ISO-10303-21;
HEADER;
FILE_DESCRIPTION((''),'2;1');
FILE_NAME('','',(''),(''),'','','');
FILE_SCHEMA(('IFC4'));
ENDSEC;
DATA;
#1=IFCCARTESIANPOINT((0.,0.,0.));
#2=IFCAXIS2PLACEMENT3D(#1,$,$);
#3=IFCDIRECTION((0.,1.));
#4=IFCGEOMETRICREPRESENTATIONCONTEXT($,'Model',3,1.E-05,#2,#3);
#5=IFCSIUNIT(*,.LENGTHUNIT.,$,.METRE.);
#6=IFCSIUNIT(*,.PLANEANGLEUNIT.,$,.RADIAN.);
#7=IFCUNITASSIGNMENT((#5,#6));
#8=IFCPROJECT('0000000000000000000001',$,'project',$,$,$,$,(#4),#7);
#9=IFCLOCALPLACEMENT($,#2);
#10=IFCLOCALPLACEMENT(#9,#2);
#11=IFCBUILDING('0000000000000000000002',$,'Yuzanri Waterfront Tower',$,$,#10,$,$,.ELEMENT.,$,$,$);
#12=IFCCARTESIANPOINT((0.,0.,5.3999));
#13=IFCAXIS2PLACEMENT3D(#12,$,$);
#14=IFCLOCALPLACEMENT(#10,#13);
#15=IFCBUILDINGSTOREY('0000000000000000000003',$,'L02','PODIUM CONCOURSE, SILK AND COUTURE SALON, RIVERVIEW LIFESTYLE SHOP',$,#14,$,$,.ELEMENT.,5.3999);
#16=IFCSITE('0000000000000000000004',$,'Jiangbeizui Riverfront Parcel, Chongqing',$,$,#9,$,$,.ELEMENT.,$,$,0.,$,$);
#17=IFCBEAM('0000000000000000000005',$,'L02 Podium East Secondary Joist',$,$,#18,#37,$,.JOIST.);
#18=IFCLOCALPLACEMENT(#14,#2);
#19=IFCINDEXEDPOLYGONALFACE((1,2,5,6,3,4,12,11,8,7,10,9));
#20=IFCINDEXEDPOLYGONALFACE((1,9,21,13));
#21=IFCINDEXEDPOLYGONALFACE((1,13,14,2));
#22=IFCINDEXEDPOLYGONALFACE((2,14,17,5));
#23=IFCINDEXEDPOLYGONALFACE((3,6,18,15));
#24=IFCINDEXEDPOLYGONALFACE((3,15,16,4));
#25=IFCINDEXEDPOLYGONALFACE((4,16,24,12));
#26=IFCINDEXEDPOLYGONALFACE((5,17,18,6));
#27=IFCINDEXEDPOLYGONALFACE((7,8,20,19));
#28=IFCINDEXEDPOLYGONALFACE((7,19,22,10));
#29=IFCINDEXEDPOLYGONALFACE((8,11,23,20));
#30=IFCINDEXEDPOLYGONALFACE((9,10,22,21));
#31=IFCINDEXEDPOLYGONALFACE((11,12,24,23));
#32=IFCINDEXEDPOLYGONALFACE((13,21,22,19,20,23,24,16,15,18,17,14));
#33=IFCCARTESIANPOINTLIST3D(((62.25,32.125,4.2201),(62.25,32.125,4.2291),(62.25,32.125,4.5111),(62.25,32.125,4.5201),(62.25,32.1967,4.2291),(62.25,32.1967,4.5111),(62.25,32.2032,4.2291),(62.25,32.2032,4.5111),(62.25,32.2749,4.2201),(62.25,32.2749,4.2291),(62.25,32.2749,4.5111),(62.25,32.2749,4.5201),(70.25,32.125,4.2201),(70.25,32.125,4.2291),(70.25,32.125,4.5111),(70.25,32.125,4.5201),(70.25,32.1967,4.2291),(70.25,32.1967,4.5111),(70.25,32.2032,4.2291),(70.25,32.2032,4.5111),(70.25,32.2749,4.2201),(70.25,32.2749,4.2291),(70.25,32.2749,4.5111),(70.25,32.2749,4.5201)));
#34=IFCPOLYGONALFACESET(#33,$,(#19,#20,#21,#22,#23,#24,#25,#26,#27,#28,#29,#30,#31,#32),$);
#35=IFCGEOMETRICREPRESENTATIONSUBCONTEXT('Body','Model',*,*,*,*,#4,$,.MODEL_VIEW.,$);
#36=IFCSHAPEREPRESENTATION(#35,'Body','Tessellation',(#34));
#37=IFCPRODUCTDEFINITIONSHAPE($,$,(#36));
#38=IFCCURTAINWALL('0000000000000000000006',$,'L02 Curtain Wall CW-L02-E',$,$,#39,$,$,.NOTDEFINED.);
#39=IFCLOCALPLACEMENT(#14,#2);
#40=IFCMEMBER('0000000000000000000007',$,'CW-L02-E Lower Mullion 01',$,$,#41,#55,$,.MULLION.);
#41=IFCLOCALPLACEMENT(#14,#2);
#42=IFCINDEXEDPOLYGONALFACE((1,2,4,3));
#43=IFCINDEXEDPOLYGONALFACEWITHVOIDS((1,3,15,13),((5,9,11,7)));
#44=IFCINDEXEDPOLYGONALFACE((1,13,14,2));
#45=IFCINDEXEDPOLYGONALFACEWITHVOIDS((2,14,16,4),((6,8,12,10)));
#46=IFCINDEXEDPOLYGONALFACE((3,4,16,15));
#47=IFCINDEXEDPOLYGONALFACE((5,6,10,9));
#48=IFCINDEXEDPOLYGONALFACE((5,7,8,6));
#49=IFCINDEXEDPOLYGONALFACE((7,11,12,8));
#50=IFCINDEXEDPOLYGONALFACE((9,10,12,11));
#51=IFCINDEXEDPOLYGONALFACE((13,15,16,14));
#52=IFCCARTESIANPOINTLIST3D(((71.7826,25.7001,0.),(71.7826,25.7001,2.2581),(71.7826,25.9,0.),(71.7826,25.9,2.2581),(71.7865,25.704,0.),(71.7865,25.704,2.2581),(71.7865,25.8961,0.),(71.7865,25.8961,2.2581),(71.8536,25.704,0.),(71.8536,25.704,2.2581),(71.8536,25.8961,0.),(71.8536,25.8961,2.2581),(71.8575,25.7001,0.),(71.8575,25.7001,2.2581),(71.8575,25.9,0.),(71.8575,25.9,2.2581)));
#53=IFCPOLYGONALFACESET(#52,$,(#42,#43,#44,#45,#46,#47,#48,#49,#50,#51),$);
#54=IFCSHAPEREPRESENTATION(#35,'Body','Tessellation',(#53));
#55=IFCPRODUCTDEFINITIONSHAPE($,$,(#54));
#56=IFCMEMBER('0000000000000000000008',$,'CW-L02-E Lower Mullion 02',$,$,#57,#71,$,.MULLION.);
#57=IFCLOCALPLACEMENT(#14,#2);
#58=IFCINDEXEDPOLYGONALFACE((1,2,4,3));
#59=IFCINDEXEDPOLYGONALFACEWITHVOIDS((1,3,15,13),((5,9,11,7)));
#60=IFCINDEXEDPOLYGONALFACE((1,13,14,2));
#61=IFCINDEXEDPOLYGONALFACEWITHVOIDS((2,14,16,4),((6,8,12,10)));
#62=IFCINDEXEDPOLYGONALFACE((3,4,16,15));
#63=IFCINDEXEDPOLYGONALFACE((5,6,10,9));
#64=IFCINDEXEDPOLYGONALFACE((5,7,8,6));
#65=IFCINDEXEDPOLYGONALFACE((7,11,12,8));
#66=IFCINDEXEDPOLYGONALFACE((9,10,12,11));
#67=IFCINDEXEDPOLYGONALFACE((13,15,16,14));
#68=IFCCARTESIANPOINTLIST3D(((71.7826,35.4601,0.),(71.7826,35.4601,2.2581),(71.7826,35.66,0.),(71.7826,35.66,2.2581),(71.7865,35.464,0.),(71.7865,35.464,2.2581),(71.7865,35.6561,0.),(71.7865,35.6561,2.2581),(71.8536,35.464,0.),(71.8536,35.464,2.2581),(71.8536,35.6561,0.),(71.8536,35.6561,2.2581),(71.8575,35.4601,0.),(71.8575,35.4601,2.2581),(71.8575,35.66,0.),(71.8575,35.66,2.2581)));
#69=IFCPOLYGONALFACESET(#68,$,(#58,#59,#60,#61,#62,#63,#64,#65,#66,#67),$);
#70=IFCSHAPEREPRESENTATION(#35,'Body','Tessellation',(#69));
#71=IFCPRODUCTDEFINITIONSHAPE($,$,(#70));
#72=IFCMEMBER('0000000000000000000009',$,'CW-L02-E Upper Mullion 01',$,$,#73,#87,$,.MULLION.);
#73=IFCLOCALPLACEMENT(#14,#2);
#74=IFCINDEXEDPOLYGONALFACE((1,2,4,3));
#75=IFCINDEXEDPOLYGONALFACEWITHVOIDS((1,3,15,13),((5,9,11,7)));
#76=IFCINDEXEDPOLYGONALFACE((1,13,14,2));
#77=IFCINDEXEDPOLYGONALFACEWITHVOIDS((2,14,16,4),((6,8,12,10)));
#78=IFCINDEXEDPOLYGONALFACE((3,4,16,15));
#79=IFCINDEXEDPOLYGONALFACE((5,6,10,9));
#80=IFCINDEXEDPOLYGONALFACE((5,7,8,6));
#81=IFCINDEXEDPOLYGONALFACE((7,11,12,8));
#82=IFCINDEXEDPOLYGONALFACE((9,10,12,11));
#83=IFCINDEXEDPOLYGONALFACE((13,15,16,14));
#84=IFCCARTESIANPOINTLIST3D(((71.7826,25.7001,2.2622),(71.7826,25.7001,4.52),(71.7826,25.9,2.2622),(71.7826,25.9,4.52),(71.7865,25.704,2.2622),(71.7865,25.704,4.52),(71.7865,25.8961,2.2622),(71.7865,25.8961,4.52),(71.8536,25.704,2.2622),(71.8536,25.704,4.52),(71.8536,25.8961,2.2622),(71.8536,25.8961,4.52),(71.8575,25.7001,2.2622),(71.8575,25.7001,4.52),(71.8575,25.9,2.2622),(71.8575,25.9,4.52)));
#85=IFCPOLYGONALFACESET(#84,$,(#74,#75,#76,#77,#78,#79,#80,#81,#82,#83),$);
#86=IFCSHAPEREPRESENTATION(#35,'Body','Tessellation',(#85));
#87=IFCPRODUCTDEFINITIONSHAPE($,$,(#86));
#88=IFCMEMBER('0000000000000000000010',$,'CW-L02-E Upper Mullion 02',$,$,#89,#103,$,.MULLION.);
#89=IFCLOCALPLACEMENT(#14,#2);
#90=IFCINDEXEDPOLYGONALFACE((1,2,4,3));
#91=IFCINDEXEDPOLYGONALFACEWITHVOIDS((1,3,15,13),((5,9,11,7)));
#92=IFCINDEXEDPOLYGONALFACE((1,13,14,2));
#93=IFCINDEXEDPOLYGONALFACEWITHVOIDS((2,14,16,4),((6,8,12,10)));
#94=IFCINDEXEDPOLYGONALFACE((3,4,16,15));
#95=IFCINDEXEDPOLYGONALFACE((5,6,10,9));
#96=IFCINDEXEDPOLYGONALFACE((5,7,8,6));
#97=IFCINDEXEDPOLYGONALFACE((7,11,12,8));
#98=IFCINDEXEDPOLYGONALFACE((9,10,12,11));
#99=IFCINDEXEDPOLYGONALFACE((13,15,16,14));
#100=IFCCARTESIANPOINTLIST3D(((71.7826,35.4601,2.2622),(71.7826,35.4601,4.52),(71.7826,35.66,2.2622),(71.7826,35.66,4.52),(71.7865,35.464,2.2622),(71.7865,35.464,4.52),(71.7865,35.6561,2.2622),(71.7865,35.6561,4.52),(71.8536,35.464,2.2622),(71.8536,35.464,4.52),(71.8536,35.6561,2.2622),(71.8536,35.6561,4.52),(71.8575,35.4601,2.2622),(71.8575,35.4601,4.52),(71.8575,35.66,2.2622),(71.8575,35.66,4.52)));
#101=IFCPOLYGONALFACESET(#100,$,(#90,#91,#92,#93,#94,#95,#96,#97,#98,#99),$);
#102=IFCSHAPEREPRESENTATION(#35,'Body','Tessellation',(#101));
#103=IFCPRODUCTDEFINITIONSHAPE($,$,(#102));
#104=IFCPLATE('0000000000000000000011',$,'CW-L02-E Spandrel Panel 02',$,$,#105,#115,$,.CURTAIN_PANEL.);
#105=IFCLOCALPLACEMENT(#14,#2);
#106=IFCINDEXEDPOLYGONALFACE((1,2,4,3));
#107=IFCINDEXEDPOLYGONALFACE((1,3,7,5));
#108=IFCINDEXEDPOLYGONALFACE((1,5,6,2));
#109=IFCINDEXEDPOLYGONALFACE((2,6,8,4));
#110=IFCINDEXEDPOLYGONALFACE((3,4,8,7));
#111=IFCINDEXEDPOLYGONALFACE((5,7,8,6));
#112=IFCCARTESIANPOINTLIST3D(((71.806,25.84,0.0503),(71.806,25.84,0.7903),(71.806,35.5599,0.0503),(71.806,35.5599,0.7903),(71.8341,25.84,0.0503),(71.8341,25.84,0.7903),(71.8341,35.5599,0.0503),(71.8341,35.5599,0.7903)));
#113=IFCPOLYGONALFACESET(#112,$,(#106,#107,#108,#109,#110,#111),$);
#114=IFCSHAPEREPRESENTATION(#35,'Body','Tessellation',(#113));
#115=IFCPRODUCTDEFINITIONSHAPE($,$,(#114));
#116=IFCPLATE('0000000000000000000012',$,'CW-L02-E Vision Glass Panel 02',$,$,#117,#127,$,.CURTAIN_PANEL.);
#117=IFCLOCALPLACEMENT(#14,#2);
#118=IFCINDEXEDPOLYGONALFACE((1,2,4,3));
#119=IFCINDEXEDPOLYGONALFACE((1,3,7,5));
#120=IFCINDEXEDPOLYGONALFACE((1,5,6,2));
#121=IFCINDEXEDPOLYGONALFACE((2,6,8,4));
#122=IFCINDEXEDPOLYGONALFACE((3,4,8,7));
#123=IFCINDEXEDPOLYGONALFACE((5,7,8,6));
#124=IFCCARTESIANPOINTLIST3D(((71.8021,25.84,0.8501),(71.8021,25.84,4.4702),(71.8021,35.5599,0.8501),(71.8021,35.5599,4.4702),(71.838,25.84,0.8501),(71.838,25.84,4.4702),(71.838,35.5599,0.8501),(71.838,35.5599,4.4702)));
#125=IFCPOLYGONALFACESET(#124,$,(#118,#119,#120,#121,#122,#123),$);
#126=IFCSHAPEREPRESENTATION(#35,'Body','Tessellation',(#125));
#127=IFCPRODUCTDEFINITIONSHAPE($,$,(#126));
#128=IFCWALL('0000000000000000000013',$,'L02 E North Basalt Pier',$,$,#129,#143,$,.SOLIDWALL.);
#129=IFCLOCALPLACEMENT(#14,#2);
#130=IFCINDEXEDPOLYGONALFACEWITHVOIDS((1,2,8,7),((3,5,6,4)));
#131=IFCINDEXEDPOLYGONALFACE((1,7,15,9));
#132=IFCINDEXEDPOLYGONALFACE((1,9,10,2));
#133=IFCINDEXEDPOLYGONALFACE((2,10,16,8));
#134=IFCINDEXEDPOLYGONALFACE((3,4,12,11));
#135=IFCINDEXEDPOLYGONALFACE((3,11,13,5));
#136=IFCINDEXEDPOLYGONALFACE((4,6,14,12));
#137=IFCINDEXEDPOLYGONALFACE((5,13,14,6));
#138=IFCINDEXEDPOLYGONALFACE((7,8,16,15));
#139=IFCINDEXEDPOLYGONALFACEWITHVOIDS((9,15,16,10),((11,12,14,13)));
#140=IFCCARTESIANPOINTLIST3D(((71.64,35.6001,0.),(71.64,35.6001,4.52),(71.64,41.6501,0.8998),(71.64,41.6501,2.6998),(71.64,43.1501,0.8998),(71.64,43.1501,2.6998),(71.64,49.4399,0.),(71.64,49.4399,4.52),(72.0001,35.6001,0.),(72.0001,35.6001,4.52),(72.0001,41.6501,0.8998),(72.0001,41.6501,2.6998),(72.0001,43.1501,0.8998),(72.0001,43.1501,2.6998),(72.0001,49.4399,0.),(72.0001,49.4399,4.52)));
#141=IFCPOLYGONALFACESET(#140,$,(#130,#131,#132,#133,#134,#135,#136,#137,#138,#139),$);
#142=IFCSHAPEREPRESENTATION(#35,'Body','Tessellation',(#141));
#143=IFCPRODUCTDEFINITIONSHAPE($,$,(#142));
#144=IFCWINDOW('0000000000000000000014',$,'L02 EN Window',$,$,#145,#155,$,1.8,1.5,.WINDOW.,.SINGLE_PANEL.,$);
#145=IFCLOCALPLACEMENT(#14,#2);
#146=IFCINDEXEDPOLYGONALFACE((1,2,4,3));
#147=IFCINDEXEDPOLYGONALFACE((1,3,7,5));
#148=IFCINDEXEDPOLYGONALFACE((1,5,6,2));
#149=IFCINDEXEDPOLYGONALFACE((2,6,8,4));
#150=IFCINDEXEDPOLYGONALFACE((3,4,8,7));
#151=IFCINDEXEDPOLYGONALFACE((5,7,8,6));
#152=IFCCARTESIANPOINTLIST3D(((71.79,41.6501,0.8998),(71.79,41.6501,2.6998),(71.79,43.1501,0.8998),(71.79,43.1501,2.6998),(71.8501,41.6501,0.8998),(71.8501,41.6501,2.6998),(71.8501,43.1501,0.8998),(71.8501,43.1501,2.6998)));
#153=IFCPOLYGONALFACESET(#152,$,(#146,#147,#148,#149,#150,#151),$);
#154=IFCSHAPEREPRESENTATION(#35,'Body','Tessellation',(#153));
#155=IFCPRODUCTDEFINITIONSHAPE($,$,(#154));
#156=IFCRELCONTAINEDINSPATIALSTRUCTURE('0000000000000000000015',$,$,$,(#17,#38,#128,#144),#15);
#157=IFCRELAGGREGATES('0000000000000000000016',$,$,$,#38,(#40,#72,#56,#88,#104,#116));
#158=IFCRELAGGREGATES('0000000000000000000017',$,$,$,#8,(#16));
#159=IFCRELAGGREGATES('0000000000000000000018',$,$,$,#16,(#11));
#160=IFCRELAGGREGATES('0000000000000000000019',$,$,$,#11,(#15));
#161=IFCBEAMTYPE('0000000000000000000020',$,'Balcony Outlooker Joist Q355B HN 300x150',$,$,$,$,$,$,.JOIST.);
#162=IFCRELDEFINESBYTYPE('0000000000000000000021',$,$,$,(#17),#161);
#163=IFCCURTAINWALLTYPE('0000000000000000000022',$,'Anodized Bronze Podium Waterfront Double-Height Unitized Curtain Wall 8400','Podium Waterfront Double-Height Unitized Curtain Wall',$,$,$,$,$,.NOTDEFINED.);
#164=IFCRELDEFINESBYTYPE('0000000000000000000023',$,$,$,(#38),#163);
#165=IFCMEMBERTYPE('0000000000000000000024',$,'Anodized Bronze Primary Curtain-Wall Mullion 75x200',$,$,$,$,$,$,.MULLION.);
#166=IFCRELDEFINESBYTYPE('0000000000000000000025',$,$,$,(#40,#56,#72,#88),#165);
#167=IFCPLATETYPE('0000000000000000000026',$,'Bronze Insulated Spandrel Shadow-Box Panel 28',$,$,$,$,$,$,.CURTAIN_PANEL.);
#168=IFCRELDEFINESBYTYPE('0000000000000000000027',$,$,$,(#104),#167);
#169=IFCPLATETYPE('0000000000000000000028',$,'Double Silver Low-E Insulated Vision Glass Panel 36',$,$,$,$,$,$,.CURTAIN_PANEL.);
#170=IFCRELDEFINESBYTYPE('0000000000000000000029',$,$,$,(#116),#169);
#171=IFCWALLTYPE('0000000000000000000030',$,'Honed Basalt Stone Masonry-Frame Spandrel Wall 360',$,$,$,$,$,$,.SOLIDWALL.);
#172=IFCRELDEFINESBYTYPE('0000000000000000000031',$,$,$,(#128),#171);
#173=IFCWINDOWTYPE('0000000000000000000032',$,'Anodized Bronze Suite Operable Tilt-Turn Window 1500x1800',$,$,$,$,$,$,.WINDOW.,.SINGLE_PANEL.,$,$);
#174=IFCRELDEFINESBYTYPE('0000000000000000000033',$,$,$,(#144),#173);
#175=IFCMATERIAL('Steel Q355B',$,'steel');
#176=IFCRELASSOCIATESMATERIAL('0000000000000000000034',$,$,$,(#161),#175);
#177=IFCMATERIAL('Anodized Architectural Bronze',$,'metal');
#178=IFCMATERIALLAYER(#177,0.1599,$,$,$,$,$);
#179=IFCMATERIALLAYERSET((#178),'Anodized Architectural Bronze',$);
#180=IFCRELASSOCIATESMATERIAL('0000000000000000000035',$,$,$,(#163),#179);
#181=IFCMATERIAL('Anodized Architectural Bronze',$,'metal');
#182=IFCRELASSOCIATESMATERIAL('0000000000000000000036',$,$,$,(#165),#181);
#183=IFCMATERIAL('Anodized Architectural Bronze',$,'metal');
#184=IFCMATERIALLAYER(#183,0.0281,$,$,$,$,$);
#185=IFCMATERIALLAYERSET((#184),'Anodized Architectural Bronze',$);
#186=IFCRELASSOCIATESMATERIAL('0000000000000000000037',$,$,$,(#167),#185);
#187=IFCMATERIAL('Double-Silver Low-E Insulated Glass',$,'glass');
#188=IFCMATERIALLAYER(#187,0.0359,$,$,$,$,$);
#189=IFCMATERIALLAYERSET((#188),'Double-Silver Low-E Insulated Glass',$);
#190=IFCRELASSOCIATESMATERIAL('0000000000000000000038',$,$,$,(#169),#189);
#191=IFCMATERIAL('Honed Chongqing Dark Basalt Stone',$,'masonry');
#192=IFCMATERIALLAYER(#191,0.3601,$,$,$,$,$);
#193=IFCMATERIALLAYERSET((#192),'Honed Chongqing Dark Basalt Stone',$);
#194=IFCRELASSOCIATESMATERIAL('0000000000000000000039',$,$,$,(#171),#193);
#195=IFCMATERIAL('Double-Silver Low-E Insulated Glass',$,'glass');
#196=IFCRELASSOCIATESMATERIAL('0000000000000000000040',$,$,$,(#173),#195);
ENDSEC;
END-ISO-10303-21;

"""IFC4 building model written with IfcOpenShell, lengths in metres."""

from ifc_helpers import new_model, si_unit, direction, frame, frame_2d, origin, origin_2d, place, context, subcontext, project, spatial, rectangle, hollow_rectangle, i_section, extrude, source, transform, mapped, material, layer, layer_set, material_profile, profile_set, type_object, element, fill, aggregate, save


model = new_model("IFC4")

# Units and contexts
model_context = context("Model", 3, precision=1e-05, world=origin(), true_north=direction((0.0, 1.0)))
body_context = subcontext(model_context, "Body", "Model", "MODEL_VIEW")
ifc_project = project(units=[si_unit("LENGTHUNIT", "METRE"), si_unit("PLANEANGLEUNIT", "RADIAN")], contexts=[model_context])

# Site, building, storey
site_placement = place(None, origin())
site = spatial("IfcSite", under=ifc_project, at=site_placement, Name="Jiangbeizui Riverfront Parcel, Chongqing", CompositionType="ELEMENT", RefElevation=0.0)
building_placement = place(site_placement, origin())
building = spatial("IfcBuilding", under=site, at=building_placement, Name="Yuzanri Waterfront Tower", CompositionType="ELEMENT")
storey_placement = place(building_placement, frame((0.0, 0.0, 5.3999)))
storey = spatial("IfcBuildingStorey", under=building, at=storey_placement, Name="L02", Description="PODIUM CONCOURSE, SILK AND COUTURE SALON, RIVERVIEW LIFESTYLE SHOP", CompositionType="ELEMENT", Elevation=5.3999)

# Beam
ifc_material_1 = material(Name="Steel Q355B", Category="steel")
ifc_material_profile_1 = material_profile(ifc_material_1, i_section(OverallWidth=0.1499, OverallDepth=0.3, WebThickness=0.0066, FlangeThickness=0.009, at=origin_2d()), Name="HN 300x150x6.5x9")
ifc_profile_set_1 = profile_set([ifc_material_profile_1], Name="Steel Q355B")
beam_type_1 = type_object("IfcBeamType", Name="Balcony Outlooker Joist Q355B HN 300x150", PredefinedType="JOIST", material=ifc_profile_set_1)
shared_shape_1 = source(origin(), body_context, "Body", "SweptSolid", [
    extrude(i_section(OverallWidth=0.1499, OverallDepth=0.3, WebThickness=0.0066, FlangeThickness=0.009, at=origin_2d()), origin(), (0.0, 0.0, 1.0), 8.0),
])
beam_1_placement = place(storey_placement, frame((62.25, 32.2, 4.3701), z_axis=(1.0, 0.0, 0.0), x_axis=(0.0, 1.0, 0.0)))
element("IfcBeam", 1, at=beam_1_placement, inside=storey, type_object=beam_type_1, Name="L02 Podium East Secondary Joist", PredefinedType="JOIST", context=body_context, shape_type="MappedRepresentation", body=[
    mapped(shared_shape_1, transform((0.0, 0.0, 0.0), scale=1.0)),
])

# Curtain wall, members, plates
ifc_material_2 = material(Name="Anodized Architectural Bronze", Category="metal")
ifc_layer_1 = layer(ifc_material_2, 0.1599)
ifc_layer_set_1 = layer_set([ifc_layer_1], Name="Anodized Architectural Bronze")
curtain_wall_type = type_object("IfcCurtainWallType", Name="Anodized Bronze Podium Waterfront Double-Height Unitized Curtain Wall 8400", Description="Podium Waterfront Double-Height Unitized Curtain Wall", PredefinedType="NOTDEFINED", material=ifc_layer_set_1)
curtain_wall_placement = place(storey_placement, origin())
curtain_wall = element("IfcCurtainWall", 2, at=curtain_wall_placement, inside=storey, type_object=curtain_wall_type, Name="L02 Curtain Wall CW-L02-E", PredefinedType="NOTDEFINED")
ifc_material_3 = material(Name="Anodized Architectural Bronze", Category="metal")
ifc_material_profile_2 = material_profile(ifc_material_3, hollow_rectangle(XDim=0.075, YDim=0.2, WallThickness=0.0039, at=origin_2d()), Name="CWM 75x200")
ifc_profile_set_2 = profile_set([ifc_material_profile_2], Name="Anodized Architectural Bronze")
member_type = type_object("IfcMemberType", Name="Anodized Bronze Primary Curtain-Wall Mullion 75x200", PredefinedType="MULLION", material=ifc_profile_set_2)
shared_shape_2 = source(origin(), body_context, "Body", "SweptSolid", [
    extrude(hollow_rectangle(XDim=0.075, YDim=0.2, WallThickness=0.0039, at=origin_2d()), origin(), (0.0, 0.0, 1.0), 2.2581),
])
member_1_placement = place(storey_placement, frame((71.8201, 25.8, 0.0), z_axis=(0.0, 0.0, 1.0), x_axis=(1.0, 0.0, 0.0)))
member_1 = element("IfcMember", 3, at=member_1_placement, type_object=member_type, Name="CW-L02-E Lower Mullion 01", PredefinedType="MULLION", context=body_context, shape_type="MappedRepresentation", body=[
    mapped(shared_shape_2, transform((0.0, 0.0, 0.0), scale=1.0)),
])
member_2_placement = place(storey_placement, frame((71.8201, 35.5601, 0.0), z_axis=(0.0, 0.0, 1.0), x_axis=(1.0, 0.0, 0.0)))
member_2 = element("IfcMember", 4, at=member_2_placement, type_object=member_type, Name="CW-L02-E Lower Mullion 02", PredefinedType="MULLION", context=body_context, shape_type="MappedRepresentation", body=[
    mapped(shared_shape_2, transform((0.0, 0.0, 0.0), scale=1.0)),
])
shared_shape_3 = source(origin(), body_context, "Body", "SweptSolid", [
    extrude(hollow_rectangle(XDim=0.075, YDim=0.2, WallThickness=0.0039, at=origin_2d()), origin(), (0.0, 0.0, 1.0), 2.2578),
])
member_3_placement = place(storey_placement, frame((71.8201, 25.8, 2.2622), z_axis=(0.0, 0.0, 1.0), x_axis=(1.0, 0.0, 0.0)))
member_3 = element("IfcMember", 5, at=member_3_placement, type_object=member_type, Name="CW-L02-E Upper Mullion 01", PredefinedType="MULLION", context=body_context, shape_type="MappedRepresentation", body=[
    mapped(shared_shape_3, transform((0.0, 0.0, 0.0), scale=1.0)),
])
member_4_placement = place(storey_placement, frame((71.8201, 35.5601, 2.2622), z_axis=(0.0, 0.0, 1.0), x_axis=(1.0, 0.0, 0.0)))
member_4 = element("IfcMember", 6, at=member_4_placement, type_object=member_type, Name="CW-L02-E Upper Mullion 02", PredefinedType="MULLION", context=body_context, shape_type="MappedRepresentation", body=[
    mapped(shared_shape_3, transform((0.0, 0.0, 0.0), scale=1.0)),
])
ifc_material_4 = material(Name="Anodized Architectural Bronze", Category="metal")
ifc_layer_2 = layer(ifc_material_4, 0.0281)
ifc_layer_set_2 = layer_set([ifc_layer_2], Name="Anodized Architectural Bronze")
plate_type_1 = type_object("IfcPlateType", Name="Bronze Insulated Spandrel Shadow-Box Panel 28", PredefinedType="CURTAIN_PANEL", material=ifc_layer_set_2)
shared_shape_4 = source(origin(), body_context, "Body", "SweptSolid", [
    extrude(rectangle(XDim=9.72, YDim=0.0281, at=origin_2d()), origin(), (0.0, 0.0, 1.0), 0.74),
])
plate_1_placement = place(storey_placement, frame((71.8201, 30.7, 0.0503), z_axis=(0.0, 0.0, 1.0), x_axis=(0.0, 1.0, 0.0)))
plate_1 = element("IfcPlate", 7, at=plate_1_placement, type_object=plate_type_1, Name="CW-L02-E Spandrel Panel 02", PredefinedType="CURTAIN_PANEL", context=body_context, shape_type="MappedRepresentation", body=[
    mapped(shared_shape_4, transform((0.0, 0.0, 0.0), scale=1.0)),
])
ifc_material_5 = material(Name="Double-Silver Low-E Insulated Glass", Category="glass")
ifc_layer_3 = layer(ifc_material_5, 0.0359)
ifc_layer_set_3 = layer_set([ifc_layer_3], Name="Double-Silver Low-E Insulated Glass")
plate_type_2 = type_object("IfcPlateType", Name="Double Silver Low-E Insulated Vision Glass Panel 36", PredefinedType="CURTAIN_PANEL", material=ifc_layer_set_3)
shared_shape_5 = source(origin(), body_context, "Body", "SweptSolid", [
    extrude(rectangle(XDim=9.72, YDim=0.0359, at=origin_2d()), origin(), (0.0, 0.0, 1.0), 3.6201),
])
plate_2_placement = place(storey_placement, frame((71.8201, 30.7, 0.8501), z_axis=(0.0, 0.0, 1.0), x_axis=(0.0, 1.0, 0.0)))
plate_2 = element("IfcPlate", 8, at=plate_2_placement, type_object=plate_type_2, Name="CW-L02-E Vision Glass Panel 02", PredefinedType="CURTAIN_PANEL", context=body_context, shape_type="MappedRepresentation", body=[
    mapped(shared_shape_5, transform((0.0, 0.0, 0.0), scale=1.0)),
])
aggregate(curtain_wall, [member_1, member_3, member_2, member_4, plate_1, plate_2])

# Wall, opening, window
ifc_material_6 = material(Name="Honed Chongqing Dark Basalt Stone", Category="masonry")
ifc_layer_4 = layer(ifc_material_6, 0.3601)
ifc_layer_set_4 = layer_set([ifc_layer_4], Name="Honed Chongqing Dark Basalt Stone")
wall_type_1 = type_object("IfcWallType", Name="Honed Basalt Stone Masonry-Frame Spandrel Wall 360", PredefinedType="SOLIDWALL", material=ifc_layer_set_4)
wall_1_placement = place(storey_placement, frame((71.8201, 35.6001, 0.0), z_axis=(0.0, 0.0, 1.0), x_axis=(0.0, 1.0, 0.0)))
wall_1 = element("IfcWall", 9, at=wall_1_placement, inside=storey, type_object=wall_type_1, Name="L02 E North Basalt Pier", PredefinedType="SOLIDWALL", context=body_context, shape_type="SweptSolid", body=[
    extrude(rectangle(XDim=13.8398, YDim=0.3601, at=frame_2d((6.9199, 0.0))), origin(), (0.0, 0.0, 1.0), 4.52),
])
opening_1_placement = place(wall_1_placement, frame((6.05, 0.0, 0.8999)))
opening_1 = element("IfcOpeningElement", 10, at=opening_1_placement, cuts=wall_1, PredefinedType="OPENING", context=body_context, shape_type="SweptSolid", body=[
    extrude(rectangle(XDim=1.5, YDim=1.8, at=frame_2d((0.75, 0.8999))), frame((0.0, 0.1948, 0.0), z_axis=(0.0, -1.0, 0.0), x_axis=(1.0, 0.0, 0.0)), (0.0, 0.0, 1.0), 0.3899),
])
ifc_material_7 = material(Name="Double-Silver Low-E Insulated Glass", Category="glass")
window_type = type_object("IfcWindowType", Name="Anodized Bronze Suite Operable Tilt-Turn Window 1500x1800", PartitioningType="SINGLE_PANEL", PredefinedType="WINDOW", material=ifc_material_7)
shared_shape_6 = source(origin(), body_context, "Body", "SweptSolid", [
    extrude(rectangle(XDim=1.5, YDim=1.8, at=frame_2d((0.75, 0.8999))), frame((0.0, 0.03, 0.0), z_axis=(0.0, -1.0, 0.0), x_axis=(1.0, 0.0, 0.0)), (0.0, 0.0, 1.0), 0.0601),
])
window_placement = place(opening_1_placement, origin())
window = element("IfcWindow", 11, at=window_placement, inside=storey, type_object=window_type, Name="L02 EN Window", OverallHeight=1.8, OverallWidth=1.5, PartitioningType="SINGLE_PANEL", PredefinedType="WINDOW", context=body_context, shape_type="MappedRepresentation", body=[
    mapped(shared_shape_6, transform((0.0, 0.0, 0.0), scale=1.0)),
])
fill(opening_1, window)

save(model, "model.ifc")
